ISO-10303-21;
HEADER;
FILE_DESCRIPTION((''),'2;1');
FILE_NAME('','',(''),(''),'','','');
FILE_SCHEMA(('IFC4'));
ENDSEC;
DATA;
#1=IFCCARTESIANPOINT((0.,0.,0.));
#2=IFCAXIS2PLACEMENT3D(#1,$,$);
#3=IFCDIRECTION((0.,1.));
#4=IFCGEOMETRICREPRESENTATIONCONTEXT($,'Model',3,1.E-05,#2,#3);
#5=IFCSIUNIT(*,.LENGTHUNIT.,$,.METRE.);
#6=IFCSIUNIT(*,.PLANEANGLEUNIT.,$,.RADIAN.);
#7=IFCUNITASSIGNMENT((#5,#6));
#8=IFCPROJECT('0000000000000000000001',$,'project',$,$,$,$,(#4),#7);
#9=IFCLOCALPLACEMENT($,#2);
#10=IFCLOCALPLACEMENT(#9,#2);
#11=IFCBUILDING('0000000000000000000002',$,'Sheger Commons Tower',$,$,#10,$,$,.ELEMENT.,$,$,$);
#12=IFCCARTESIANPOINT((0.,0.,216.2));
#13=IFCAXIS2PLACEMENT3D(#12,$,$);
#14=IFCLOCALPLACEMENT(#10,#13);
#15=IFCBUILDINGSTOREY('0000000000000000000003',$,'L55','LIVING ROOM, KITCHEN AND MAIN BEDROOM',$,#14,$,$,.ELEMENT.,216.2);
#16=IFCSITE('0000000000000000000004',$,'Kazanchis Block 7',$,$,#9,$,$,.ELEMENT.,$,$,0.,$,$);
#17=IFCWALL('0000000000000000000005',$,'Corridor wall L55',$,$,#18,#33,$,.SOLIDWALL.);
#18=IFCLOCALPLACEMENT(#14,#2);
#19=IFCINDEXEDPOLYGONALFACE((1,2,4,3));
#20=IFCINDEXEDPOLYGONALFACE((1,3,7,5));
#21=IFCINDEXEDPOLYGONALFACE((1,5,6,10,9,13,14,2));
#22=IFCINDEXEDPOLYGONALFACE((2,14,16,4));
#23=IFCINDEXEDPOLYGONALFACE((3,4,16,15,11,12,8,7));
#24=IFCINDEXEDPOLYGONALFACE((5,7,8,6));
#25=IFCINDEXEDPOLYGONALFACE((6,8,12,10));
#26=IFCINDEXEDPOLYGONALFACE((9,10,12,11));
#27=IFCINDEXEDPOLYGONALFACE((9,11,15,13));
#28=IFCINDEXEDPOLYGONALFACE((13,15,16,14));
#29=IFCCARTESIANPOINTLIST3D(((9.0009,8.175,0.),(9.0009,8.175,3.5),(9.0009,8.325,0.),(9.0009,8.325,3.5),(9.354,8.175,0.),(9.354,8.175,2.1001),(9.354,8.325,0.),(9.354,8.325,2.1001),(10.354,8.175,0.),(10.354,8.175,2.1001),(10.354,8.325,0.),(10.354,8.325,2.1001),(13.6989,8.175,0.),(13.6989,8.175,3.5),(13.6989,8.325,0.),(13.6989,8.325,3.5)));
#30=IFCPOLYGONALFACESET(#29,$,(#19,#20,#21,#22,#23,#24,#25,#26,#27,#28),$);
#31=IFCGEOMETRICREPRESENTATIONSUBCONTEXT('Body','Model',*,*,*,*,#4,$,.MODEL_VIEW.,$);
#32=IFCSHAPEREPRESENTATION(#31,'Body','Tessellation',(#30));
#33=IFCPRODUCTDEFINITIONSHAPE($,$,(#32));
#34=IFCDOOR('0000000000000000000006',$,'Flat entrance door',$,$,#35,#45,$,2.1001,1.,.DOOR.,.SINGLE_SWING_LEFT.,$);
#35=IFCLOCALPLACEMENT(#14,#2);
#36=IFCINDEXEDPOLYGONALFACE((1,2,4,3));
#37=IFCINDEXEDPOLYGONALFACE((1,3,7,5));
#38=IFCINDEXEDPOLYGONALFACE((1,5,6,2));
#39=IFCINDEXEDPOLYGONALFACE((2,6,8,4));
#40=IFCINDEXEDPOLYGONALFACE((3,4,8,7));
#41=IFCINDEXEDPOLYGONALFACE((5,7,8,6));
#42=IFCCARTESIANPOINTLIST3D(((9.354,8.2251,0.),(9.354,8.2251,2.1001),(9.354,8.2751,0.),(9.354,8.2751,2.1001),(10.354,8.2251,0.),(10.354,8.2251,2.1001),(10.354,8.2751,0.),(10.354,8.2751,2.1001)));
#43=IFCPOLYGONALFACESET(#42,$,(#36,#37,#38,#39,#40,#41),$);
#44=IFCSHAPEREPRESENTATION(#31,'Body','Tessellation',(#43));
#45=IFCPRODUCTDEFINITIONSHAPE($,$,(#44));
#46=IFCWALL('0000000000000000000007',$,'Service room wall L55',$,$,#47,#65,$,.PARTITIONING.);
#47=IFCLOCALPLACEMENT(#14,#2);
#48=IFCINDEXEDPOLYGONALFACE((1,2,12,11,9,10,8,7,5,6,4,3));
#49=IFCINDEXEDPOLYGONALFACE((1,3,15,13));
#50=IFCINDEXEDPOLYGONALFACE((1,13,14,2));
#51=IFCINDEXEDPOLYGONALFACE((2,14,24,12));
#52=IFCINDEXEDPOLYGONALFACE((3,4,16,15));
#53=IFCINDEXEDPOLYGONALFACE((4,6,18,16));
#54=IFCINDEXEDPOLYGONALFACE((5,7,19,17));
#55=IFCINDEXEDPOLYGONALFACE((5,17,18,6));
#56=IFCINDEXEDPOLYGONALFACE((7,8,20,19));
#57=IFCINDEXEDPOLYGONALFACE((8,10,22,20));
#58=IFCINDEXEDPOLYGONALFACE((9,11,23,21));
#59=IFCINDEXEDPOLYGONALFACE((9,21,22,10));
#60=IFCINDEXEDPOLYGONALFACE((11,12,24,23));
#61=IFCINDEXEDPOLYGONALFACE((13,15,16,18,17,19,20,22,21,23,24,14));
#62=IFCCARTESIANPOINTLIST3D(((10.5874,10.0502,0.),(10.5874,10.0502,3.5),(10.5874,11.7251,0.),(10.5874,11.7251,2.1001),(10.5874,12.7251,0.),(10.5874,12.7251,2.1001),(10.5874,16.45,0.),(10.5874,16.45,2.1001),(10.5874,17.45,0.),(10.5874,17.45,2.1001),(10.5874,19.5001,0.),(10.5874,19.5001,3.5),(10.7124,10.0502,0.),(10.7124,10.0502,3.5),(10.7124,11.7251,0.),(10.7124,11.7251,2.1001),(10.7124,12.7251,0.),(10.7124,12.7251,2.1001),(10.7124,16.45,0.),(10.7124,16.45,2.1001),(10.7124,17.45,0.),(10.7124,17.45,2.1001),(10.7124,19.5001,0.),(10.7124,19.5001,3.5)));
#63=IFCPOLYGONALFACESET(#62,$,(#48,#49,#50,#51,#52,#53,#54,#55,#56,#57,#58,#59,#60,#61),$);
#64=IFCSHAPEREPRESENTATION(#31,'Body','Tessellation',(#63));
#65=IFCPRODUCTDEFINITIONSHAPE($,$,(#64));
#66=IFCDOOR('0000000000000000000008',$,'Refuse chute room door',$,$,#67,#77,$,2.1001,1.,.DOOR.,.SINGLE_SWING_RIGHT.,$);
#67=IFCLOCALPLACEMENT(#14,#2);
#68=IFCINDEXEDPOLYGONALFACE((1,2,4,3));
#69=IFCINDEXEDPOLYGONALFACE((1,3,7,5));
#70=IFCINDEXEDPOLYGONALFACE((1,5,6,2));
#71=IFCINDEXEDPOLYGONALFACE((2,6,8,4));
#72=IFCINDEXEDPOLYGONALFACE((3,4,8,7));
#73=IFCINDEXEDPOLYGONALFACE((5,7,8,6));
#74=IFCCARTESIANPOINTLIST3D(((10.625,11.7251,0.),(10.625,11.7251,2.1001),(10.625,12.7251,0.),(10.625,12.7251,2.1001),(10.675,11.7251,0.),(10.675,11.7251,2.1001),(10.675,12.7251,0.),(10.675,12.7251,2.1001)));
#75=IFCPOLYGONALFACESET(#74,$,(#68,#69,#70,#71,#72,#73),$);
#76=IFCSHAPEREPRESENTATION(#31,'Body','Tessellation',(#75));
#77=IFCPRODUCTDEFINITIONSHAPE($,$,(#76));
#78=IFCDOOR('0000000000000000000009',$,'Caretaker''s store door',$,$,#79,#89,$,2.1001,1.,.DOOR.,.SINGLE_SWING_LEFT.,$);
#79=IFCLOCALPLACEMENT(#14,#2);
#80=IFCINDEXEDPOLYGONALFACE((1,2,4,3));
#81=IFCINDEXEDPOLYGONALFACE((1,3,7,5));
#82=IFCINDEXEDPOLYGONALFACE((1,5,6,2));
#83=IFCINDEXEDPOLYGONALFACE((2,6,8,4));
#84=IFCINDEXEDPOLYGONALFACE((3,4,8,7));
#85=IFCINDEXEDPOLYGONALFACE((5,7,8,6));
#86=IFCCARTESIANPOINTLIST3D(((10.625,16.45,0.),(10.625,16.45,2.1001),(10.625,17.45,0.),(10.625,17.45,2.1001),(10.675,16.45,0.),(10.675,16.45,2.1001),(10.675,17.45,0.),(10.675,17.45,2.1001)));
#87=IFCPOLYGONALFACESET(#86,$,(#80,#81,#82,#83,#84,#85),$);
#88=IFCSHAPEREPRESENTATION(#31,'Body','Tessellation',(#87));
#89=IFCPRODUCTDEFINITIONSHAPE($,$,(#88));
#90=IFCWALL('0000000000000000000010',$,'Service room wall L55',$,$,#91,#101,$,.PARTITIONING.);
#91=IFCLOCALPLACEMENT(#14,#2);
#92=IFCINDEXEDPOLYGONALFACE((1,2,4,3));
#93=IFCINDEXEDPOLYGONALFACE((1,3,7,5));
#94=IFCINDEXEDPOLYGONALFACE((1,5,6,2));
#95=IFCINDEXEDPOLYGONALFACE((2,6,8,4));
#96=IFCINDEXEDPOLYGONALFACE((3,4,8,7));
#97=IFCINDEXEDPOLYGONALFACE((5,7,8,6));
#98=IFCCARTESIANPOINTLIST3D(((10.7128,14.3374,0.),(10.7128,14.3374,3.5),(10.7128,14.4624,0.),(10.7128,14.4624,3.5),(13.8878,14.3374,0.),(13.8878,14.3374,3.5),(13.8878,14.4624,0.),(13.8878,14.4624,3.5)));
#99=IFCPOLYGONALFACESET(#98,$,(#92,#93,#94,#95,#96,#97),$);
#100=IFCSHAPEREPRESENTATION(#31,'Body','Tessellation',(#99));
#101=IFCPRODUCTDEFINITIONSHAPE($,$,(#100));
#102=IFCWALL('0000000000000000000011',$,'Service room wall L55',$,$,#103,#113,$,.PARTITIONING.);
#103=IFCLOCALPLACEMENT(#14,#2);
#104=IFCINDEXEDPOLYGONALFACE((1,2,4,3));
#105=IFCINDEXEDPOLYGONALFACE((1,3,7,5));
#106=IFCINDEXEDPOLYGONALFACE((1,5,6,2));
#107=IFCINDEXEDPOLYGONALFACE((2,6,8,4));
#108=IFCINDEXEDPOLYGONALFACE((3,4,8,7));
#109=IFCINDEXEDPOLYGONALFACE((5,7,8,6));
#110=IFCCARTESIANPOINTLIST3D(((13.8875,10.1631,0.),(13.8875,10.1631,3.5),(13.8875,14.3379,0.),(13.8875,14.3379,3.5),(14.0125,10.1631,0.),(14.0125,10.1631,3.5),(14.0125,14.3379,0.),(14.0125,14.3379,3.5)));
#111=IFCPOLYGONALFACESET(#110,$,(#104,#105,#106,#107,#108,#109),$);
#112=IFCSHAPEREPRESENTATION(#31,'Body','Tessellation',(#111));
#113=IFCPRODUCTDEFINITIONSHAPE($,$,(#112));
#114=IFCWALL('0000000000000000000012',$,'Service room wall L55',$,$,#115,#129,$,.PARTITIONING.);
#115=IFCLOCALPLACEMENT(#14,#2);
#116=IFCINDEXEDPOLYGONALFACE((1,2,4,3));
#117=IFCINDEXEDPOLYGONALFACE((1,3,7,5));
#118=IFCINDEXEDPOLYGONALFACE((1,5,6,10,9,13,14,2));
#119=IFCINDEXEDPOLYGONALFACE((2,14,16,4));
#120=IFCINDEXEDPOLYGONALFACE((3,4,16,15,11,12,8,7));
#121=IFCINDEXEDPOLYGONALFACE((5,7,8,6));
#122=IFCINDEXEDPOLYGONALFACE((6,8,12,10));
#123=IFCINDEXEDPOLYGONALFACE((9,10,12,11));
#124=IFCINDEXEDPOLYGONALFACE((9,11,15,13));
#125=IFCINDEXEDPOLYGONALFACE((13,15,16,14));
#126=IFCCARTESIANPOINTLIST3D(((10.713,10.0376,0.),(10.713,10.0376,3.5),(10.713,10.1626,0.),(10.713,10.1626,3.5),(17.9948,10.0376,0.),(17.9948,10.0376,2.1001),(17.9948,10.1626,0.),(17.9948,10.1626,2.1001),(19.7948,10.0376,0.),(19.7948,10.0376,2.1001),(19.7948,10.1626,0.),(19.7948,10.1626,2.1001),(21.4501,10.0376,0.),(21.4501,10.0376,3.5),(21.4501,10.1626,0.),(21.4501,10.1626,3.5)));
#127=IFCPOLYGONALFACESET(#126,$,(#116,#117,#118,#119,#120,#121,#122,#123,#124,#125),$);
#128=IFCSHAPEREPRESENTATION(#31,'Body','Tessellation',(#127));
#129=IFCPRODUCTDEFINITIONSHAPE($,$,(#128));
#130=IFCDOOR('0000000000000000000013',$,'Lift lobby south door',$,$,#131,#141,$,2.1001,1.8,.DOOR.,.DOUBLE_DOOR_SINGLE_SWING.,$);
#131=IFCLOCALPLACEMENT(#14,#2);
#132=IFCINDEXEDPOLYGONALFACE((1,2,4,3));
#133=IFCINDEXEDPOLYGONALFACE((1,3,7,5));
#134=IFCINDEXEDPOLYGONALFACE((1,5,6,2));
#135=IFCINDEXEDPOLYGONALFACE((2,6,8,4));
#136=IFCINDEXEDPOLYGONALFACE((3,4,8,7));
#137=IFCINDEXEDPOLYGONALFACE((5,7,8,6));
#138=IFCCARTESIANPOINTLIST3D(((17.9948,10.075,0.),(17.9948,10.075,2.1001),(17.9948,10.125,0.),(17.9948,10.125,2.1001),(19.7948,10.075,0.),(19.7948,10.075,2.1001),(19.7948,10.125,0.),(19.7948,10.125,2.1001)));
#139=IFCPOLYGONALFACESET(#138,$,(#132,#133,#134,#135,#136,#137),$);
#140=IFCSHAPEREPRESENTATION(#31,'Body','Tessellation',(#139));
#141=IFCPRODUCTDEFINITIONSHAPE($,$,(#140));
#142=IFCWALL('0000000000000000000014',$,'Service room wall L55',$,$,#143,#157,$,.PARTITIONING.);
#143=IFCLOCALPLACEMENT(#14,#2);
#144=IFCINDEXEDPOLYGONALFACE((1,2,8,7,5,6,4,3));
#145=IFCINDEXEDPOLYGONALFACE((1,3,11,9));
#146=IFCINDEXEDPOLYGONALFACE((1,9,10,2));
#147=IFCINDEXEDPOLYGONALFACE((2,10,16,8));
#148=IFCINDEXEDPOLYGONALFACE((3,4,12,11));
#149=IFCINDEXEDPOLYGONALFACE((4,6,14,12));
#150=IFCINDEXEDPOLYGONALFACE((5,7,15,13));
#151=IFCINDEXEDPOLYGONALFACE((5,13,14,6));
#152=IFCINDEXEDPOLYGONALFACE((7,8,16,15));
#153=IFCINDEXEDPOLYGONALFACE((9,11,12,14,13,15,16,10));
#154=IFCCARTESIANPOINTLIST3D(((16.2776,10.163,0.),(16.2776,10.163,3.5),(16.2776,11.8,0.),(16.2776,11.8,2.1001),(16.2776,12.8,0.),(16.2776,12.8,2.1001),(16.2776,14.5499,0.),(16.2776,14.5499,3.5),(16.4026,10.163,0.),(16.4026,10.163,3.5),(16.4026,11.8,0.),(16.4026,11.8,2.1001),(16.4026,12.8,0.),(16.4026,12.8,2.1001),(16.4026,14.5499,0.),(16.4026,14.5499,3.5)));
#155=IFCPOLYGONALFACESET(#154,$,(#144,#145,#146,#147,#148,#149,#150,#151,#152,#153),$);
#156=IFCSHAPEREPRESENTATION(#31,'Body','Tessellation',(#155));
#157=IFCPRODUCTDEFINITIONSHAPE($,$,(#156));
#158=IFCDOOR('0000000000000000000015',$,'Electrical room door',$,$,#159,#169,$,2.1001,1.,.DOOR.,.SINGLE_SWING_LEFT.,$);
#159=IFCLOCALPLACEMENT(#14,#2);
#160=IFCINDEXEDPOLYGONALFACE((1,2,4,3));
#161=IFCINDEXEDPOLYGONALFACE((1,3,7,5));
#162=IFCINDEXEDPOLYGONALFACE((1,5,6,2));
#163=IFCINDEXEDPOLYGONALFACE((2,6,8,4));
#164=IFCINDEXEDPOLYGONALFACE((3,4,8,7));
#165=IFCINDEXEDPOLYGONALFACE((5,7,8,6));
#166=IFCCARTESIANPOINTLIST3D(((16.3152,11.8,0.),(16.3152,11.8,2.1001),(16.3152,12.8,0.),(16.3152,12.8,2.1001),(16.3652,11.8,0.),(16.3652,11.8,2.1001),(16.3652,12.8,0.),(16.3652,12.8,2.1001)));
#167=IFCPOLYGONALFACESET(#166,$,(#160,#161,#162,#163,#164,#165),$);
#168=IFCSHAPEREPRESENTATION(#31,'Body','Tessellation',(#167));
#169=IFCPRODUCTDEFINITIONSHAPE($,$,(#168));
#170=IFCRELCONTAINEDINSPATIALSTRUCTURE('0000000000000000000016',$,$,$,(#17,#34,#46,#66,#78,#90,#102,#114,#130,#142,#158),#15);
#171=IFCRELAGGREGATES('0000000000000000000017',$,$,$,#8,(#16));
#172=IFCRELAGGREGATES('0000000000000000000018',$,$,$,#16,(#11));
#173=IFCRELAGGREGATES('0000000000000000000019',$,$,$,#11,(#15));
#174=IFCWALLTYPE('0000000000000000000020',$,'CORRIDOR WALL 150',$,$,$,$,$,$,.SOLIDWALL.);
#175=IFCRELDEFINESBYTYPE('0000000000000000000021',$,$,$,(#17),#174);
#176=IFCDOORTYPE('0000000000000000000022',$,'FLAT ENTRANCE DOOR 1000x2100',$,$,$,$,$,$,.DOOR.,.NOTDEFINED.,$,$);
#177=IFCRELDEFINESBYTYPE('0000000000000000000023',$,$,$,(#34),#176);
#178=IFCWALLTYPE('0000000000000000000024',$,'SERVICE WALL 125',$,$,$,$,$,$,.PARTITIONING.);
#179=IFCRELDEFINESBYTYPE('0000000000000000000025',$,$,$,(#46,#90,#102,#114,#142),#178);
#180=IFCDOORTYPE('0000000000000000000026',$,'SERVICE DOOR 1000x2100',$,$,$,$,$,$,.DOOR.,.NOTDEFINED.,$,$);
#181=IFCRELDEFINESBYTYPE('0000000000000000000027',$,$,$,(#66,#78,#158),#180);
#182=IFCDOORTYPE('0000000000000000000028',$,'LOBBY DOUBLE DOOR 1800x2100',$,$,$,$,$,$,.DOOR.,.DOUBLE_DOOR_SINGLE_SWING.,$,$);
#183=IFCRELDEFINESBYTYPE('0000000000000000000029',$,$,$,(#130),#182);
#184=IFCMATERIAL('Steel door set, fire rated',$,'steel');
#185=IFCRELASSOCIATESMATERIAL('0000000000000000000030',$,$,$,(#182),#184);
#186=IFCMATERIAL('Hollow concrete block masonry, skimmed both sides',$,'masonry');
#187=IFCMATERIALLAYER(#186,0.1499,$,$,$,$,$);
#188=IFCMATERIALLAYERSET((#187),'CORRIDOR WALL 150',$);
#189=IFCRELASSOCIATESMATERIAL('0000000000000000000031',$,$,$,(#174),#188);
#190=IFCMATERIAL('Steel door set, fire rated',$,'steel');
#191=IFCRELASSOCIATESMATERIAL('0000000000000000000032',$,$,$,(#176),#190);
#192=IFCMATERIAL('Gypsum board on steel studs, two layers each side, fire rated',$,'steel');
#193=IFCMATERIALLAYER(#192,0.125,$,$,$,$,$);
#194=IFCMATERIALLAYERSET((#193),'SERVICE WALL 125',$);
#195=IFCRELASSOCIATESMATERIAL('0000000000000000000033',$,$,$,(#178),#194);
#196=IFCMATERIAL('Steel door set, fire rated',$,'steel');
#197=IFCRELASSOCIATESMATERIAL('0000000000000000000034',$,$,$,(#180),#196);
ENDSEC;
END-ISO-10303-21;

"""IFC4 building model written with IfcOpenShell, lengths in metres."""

from ifc_helpers import new_model, si_unit, direction, frame, frame_2d, origin, place, context, subcontext, project, spatial, rectangle, extrude, material, layer, layer_set, type_object, element, fill, save


model = new_model("IFC4")

# Units and contexts
model_context = context("Model", 3, precision=1e-05, world=origin(), true_north=direction((0.0, 1.0)))
body_context = subcontext(model_context, "Body", "Model", "MODEL_VIEW")
ifc_project = project(units=[si_unit("LENGTHUNIT", "METRE"), si_unit("PLANEANGLEUNIT", "RADIAN")], contexts=[model_context])

# Site, building, storey
site_placement = place(None, origin())
site = spatial("IfcSite", under=ifc_project, at=site_placement, Name="Kazanchis Block 7", CompositionType="ELEMENT", RefElevation=0.0)
building_placement = place(site_placement, origin())
building = spatial("IfcBuilding", under=site, at=building_placement, Name="Sheger Commons Tower", CompositionType="ELEMENT")
storey_placement = place(building_placement, frame((0.0, 0.0, 216.2)))
storey = spatial("IfcBuildingStorey", under=building, at=storey_placement, Name="L55", Description="LIVING ROOM, KITCHEN AND MAIN BEDROOM", CompositionType="ELEMENT", Elevation=216.2)

# Shared definitions
ifc_material_1 = material(Name="Steel door set, fire rated", Category="steel")
door_type_1 = type_object("IfcDoorType", Name="LOBBY DOUBLE DOOR 1800x2100", OperationType="DOUBLE_DOOR_SINGLE_SWING", PredefinedType="DOOR", material=ifc_material_1)

# Wall, opening, door
ifc_material_2 = material(Name="Hollow concrete block masonry, skimmed both sides", Category="masonry")
ifc_layer_1 = layer(ifc_material_2, 0.1499)
ifc_layer_set_1 = layer_set([ifc_layer_1], Name="CORRIDOR WALL 150")
wall_type_1 = type_object("IfcWallType", Name="CORRIDOR WALL 150", PredefinedType="SOLIDWALL", material=ifc_layer_set_1)
wall_1_placement = place(storey_placement, frame((13.699, 8.25, 0.0), z_axis=(0.0, 0.0, 1.0), x_axis=(-1.0, 0.0, 0.0)))
wall_1 = element("IfcWall", 1, at=wall_1_placement, inside=storey, type_object=wall_type_1, Name="Corridor wall L55", PredefinedType="SOLIDWALL", context=body_context, shape_type="SweptSolid", body=[
    extrude(rectangle(XDim=4.698, YDim=0.1499, at=frame_2d((2.3491, 0.0))), origin(), (0.0, 0.0, 1.0), 3.5),
])
opening_1_placement = place(wall_1_placement, frame((3.345, 0.0, 0.0)))
opening_1 = element("IfcOpeningElement", 2, at=opening_1_placement, cuts=wall_1, PredefinedType="OPENING", context=body_context, shape_type="SweptSolid", body=[
    extrude(rectangle(XDim=1.0, YDim=2.1001, at=frame_2d((0.5, 1.05))), frame((0.0, 0.085, 0.0), z_axis=(0.0, -1.0, 0.0), x_axis=(1.0, 0.0, 0.0)), (0.0, 0.0, 1.0), 0.1699),
])
ifc_material_3 = material(Name="Steel door set, fire rated", Category="steel")
door_type_2 = type_object("IfcDoorType", Name="FLAT ENTRANCE DOOR 1000x2100", OperationType="NOTDEFINED", PredefinedType="DOOR", material=ifc_material_3)
door_1_placement = place(opening_1_placement, origin())
door_1 = element("IfcDoor", 3, at=door_1_placement, inside=storey, type_object=door_type_2, Name="Flat entrance door", OperationType="SINGLE_SWING_LEFT", OverallHeight=2.1001, OverallWidth=1.0, PredefinedType="DOOR", context=body_context, shape_type="SweptSolid", body=[
    extrude(rectangle(XDim=1.0, YDim=2.1001, at=frame_2d((0.5, 1.05))), frame((0.0, 0.0249, 0.0), z_axis=(0.0, -1.0, 0.0), x_axis=(1.0, 0.0, 0.0)), (0.0, 0.0, 1.0), 0.05),
])
fill(opening_1, door_1)

# Wall, openings, doors
ifc_material_4 = material(Name="Gypsum board on steel studs, two layers each side, fire rated", Category="steel")
ifc_layer_2 = layer(ifc_material_4, 0.125)
ifc_layer_set_2 = layer_set([ifc_layer_2], Name="SERVICE WALL 125")
wall_type_2 = type_object("IfcWallType", Name="SERVICE WALL 125", PredefinedType="PARTITIONING", material=ifc_layer_set_2)
wall_2_placement = place(storey_placement, frame((10.6499, 10.05, 0.0), z_axis=(0.0, 0.0, 1.0), x_axis=(0.0, 1.0, 0.0)))
wall_2 = element("IfcWall", 4, at=wall_2_placement, inside=storey, type_object=wall_type_2, Name="Service room wall L55", PredefinedType="PARTITIONING", context=body_context, shape_type="SweptSolid", body=[
    extrude(rectangle(XDim=9.45, YDim=0.125, at=frame_2d((4.7251, 0.0))), origin(), (0.0, 0.0, 1.0), 3.5),
])
opening_2_placement = place(wall_2_placement, frame((1.675, 0.0, 0.0)))
opening_2 = element("IfcOpeningElement", 5, at=opening_2_placement, cuts=wall_2, PredefinedType="OPENING", context=body_context, shape_type="SweptSolid", body=[
    extrude(rectangle(XDim=1.0, YDim=2.1001, at=frame_2d((0.5, 1.05))), frame((0.0, 0.0725, 0.0), z_axis=(0.0, -1.0, 0.0), x_axis=(1.0, 0.0, 0.0)), (0.0, 0.0, 1.0), 0.145),
])
opening_3_placement = place(wall_2_placement, frame((6.3999, 0.0, 0.0)))
opening_3 = element("IfcOpeningElement", 6, at=opening_3_placement, cuts=wall_2, PredefinedType="OPENING", context=body_context, shape_type="SweptSolid", body=[
    extrude(rectangle(XDim=1.0, YDim=2.1001, at=frame_2d((0.5, 1.05))), frame((0.0, 0.0725, 0.0), z_axis=(0.0, -1.0, 0.0), x_axis=(1.0, 0.0, 0.0)), (0.0, 0.0, 1.0), 0.145),
])
ifc_material_5 = material(Name="Steel door set, fire rated", Category="steel")
door_type_3 = type_object("IfcDoorType", Name="SERVICE DOOR 1000x2100", OperationType="NOTDEFINED", PredefinedType="DOOR", material=ifc_material_5)
door_2_placement = place(opening_2_placement, origin())
door_2 = element("IfcDoor", 7, at=door_2_placement, inside=storey, type_object=door_type_3, Name="Refuse chute room door", OperationType="SINGLE_SWING_RIGHT", OverallHeight=2.1001, OverallWidth=1.0, PredefinedType="DOOR", context=body_context, shape_type="SweptSolid", body=[
    extrude(rectangle(XDim=1.0, YDim=2.1001, at=frame_2d((0.5, 1.05))), frame((0.0, 0.0249, 0.0), z_axis=(0.0, -1.0, 0.0), x_axis=(1.0, 0.0, 0.0)), (0.0, 0.0, 1.0), 0.05),
])
fill(opening_2, door_2)
door_3_placement = place(opening_3_placement, origin())
door_3 = element("IfcDoor", 8, at=door_3_placement, inside=storey, type_object=door_type_3, Name="Caretaker's store door", OperationType="SINGLE_SWING_LEFT", OverallHeight=2.1001, OverallWidth=1.0, PredefinedType="DOOR", context=body_context, shape_type="SweptSolid", body=[
    extrude(rectangle(XDim=1.0, YDim=2.1001, at=frame_2d((0.5, 1.05))), frame((0.0, 0.0249, 0.0), z_axis=(0.0, -1.0, 0.0), x_axis=(1.0, 0.0, 0.0)), (0.0, 0.0, 1.0), 0.05),
])
fill(opening_3, door_3)

# Walls
wall_3_placement = place(storey_placement, frame((10.7129, 14.3999, 0.0), z_axis=(0.0, 0.0, 1.0), x_axis=(1.0, 0.0, 0.0)))
element("IfcWall", 9, at=wall_3_placement, inside=storey, type_object=wall_type_2, Name="Service room wall L55", PredefinedType="PARTITIONING", context=body_context, shape_type="SweptSolid", body=[
    extrude(rectangle(XDim=3.175, YDim=0.125, at=frame_2d((1.5874, 0.0))), origin(), (0.0, 0.0, 1.0), 3.5),
])
wall_4_placement = place(storey_placement, frame((13.95, 10.1631, 0.0), z_axis=(0.0, 0.0, 1.0), x_axis=(0.0, 1.0, 0.0)))
element("IfcWall", 10, at=wall_4_placement, inside=storey, type_object=wall_type_2, Name="Service room wall L55", PredefinedType="PARTITIONING", context=body_context, shape_type="SweptSolid", body=[
    extrude(rectangle(XDim=4.1748, YDim=0.125, at=frame_2d((2.0874, 0.0))), origin(), (0.0, 0.0, 1.0), 3.5),
])

# Walls, openings, doors
wall_5_placement = place(storey_placement, frame((10.7129, 10.1001, 0.0), z_axis=(0.0, 0.0, 1.0), x_axis=(1.0, 0.0, 0.0)))
wall_5 = element("IfcWall", 11, at=wall_5_placement, inside=storey, type_object=wall_type_2, Name="Service room wall L55", PredefinedType="PARTITIONING", context=body_context, shape_type="SweptSolid", body=[
    extrude(rectangle(XDim=10.7371, YDim=0.125, at=frame_2d((5.3687, 0.0))), origin(), (0.0, 0.0, 1.0), 3.5),
])
opening_4_placement = place(wall_5_placement, frame((7.282, 0.0, 0.0)))
opening_4 = element("IfcOpeningElement", 12, at=opening_4_placement, cuts=wall_5, PredefinedType="OPENING", context=body_context, shape_type="SweptSolid", body=[
    extrude(rectangle(XDim=1.8, YDim=2.1001, at=frame_2d((0.8999, 1.05))), frame((0.0, 0.0725, 0.0), z_axis=(0.0, -1.0, 0.0), x_axis=(1.0, 0.0, 0.0)), (0.0, 0.0, 1.0), 0.145),
])
door_4_placement = place(opening_4_placement, origin())
door_4 = element("IfcDoor", 13, at=door_4_placement, inside=storey, type_object=door_type_1, Name="Lift lobby south door", OperationType="DOUBLE_DOOR_SINGLE_SWING", OverallHeight=2.1001, OverallWidth=1.8, PredefinedType="DOOR", context=body_context, shape_type="SweptSolid", body=[
    extrude(rectangle(XDim=1.8, YDim=2.1001, at=frame_2d((0.8999, 1.05))), frame((0.0, 0.0249, 0.0), z_axis=(0.0, -1.0, 0.0), x_axis=(1.0, 0.0, 0.0)), (0.0, 0.0, 1.0), 0.05),
])
fill(opening_4, door_4)
wall_6_placement = place(storey_placement, frame((16.3401, 10.1631, 0.0), z_axis=(0.0, 0.0, 1.0), x_axis=(0.0, 1.0, 0.0)))
wall_6 = element("IfcWall", 14, at=wall_6_placement, inside=storey, type_object=wall_type_2, Name="Service room wall L55", PredefinedType="PARTITIONING", context=body_context, shape_type="SweptSolid", body=[
    extrude(rectangle(XDim=4.387, YDim=0.125, at=frame_2d((2.1934, 0.0))), origin(), (0.0, 0.0, 1.0), 3.5),
])
opening_5_placement = place(wall_6_placement, frame((1.637, 0.0, 0.0)))
opening_5 = element("IfcOpeningElement", 15, at=opening_5_placement, cuts=wall_6, PredefinedType="OPENING", context=body_context, shape_type="SweptSolid", body=[
    extrude(rectangle(XDim=1.0, YDim=2.1001, at=frame_2d((0.5, 1.05))), frame((0.0, 0.0725, 0.0), z_axis=(0.0, -1.0, 0.0), x_axis=(1.0, 0.0, 0.0)), (0.0, 0.0, 1.0), 0.145),
])
door_5_placement = place(opening_5_placement, origin())
door_5 = element("IfcDoor", 16, at=door_5_placement, inside=storey, type_object=door_type_3, Name="Electrical room door", OperationType="SINGLE_SWING_LEFT", OverallHeight=2.1001, OverallWidth=1.0, PredefinedType="DOOR", context=body_context, shape_type="SweptSolid", body=[
    extrude(rectangle(XDim=1.0, YDim=2.1001, at=frame_2d((0.5, 1.05))), frame((0.0, 0.0249, 0.0), z_axis=(0.0, -1.0, 0.0), x_axis=(1.0, 0.0, 0.0)), (0.0, 0.0, 1.0), 0.05),
])
fill(opening_5, door_5)

save(model, "model.ifc")
